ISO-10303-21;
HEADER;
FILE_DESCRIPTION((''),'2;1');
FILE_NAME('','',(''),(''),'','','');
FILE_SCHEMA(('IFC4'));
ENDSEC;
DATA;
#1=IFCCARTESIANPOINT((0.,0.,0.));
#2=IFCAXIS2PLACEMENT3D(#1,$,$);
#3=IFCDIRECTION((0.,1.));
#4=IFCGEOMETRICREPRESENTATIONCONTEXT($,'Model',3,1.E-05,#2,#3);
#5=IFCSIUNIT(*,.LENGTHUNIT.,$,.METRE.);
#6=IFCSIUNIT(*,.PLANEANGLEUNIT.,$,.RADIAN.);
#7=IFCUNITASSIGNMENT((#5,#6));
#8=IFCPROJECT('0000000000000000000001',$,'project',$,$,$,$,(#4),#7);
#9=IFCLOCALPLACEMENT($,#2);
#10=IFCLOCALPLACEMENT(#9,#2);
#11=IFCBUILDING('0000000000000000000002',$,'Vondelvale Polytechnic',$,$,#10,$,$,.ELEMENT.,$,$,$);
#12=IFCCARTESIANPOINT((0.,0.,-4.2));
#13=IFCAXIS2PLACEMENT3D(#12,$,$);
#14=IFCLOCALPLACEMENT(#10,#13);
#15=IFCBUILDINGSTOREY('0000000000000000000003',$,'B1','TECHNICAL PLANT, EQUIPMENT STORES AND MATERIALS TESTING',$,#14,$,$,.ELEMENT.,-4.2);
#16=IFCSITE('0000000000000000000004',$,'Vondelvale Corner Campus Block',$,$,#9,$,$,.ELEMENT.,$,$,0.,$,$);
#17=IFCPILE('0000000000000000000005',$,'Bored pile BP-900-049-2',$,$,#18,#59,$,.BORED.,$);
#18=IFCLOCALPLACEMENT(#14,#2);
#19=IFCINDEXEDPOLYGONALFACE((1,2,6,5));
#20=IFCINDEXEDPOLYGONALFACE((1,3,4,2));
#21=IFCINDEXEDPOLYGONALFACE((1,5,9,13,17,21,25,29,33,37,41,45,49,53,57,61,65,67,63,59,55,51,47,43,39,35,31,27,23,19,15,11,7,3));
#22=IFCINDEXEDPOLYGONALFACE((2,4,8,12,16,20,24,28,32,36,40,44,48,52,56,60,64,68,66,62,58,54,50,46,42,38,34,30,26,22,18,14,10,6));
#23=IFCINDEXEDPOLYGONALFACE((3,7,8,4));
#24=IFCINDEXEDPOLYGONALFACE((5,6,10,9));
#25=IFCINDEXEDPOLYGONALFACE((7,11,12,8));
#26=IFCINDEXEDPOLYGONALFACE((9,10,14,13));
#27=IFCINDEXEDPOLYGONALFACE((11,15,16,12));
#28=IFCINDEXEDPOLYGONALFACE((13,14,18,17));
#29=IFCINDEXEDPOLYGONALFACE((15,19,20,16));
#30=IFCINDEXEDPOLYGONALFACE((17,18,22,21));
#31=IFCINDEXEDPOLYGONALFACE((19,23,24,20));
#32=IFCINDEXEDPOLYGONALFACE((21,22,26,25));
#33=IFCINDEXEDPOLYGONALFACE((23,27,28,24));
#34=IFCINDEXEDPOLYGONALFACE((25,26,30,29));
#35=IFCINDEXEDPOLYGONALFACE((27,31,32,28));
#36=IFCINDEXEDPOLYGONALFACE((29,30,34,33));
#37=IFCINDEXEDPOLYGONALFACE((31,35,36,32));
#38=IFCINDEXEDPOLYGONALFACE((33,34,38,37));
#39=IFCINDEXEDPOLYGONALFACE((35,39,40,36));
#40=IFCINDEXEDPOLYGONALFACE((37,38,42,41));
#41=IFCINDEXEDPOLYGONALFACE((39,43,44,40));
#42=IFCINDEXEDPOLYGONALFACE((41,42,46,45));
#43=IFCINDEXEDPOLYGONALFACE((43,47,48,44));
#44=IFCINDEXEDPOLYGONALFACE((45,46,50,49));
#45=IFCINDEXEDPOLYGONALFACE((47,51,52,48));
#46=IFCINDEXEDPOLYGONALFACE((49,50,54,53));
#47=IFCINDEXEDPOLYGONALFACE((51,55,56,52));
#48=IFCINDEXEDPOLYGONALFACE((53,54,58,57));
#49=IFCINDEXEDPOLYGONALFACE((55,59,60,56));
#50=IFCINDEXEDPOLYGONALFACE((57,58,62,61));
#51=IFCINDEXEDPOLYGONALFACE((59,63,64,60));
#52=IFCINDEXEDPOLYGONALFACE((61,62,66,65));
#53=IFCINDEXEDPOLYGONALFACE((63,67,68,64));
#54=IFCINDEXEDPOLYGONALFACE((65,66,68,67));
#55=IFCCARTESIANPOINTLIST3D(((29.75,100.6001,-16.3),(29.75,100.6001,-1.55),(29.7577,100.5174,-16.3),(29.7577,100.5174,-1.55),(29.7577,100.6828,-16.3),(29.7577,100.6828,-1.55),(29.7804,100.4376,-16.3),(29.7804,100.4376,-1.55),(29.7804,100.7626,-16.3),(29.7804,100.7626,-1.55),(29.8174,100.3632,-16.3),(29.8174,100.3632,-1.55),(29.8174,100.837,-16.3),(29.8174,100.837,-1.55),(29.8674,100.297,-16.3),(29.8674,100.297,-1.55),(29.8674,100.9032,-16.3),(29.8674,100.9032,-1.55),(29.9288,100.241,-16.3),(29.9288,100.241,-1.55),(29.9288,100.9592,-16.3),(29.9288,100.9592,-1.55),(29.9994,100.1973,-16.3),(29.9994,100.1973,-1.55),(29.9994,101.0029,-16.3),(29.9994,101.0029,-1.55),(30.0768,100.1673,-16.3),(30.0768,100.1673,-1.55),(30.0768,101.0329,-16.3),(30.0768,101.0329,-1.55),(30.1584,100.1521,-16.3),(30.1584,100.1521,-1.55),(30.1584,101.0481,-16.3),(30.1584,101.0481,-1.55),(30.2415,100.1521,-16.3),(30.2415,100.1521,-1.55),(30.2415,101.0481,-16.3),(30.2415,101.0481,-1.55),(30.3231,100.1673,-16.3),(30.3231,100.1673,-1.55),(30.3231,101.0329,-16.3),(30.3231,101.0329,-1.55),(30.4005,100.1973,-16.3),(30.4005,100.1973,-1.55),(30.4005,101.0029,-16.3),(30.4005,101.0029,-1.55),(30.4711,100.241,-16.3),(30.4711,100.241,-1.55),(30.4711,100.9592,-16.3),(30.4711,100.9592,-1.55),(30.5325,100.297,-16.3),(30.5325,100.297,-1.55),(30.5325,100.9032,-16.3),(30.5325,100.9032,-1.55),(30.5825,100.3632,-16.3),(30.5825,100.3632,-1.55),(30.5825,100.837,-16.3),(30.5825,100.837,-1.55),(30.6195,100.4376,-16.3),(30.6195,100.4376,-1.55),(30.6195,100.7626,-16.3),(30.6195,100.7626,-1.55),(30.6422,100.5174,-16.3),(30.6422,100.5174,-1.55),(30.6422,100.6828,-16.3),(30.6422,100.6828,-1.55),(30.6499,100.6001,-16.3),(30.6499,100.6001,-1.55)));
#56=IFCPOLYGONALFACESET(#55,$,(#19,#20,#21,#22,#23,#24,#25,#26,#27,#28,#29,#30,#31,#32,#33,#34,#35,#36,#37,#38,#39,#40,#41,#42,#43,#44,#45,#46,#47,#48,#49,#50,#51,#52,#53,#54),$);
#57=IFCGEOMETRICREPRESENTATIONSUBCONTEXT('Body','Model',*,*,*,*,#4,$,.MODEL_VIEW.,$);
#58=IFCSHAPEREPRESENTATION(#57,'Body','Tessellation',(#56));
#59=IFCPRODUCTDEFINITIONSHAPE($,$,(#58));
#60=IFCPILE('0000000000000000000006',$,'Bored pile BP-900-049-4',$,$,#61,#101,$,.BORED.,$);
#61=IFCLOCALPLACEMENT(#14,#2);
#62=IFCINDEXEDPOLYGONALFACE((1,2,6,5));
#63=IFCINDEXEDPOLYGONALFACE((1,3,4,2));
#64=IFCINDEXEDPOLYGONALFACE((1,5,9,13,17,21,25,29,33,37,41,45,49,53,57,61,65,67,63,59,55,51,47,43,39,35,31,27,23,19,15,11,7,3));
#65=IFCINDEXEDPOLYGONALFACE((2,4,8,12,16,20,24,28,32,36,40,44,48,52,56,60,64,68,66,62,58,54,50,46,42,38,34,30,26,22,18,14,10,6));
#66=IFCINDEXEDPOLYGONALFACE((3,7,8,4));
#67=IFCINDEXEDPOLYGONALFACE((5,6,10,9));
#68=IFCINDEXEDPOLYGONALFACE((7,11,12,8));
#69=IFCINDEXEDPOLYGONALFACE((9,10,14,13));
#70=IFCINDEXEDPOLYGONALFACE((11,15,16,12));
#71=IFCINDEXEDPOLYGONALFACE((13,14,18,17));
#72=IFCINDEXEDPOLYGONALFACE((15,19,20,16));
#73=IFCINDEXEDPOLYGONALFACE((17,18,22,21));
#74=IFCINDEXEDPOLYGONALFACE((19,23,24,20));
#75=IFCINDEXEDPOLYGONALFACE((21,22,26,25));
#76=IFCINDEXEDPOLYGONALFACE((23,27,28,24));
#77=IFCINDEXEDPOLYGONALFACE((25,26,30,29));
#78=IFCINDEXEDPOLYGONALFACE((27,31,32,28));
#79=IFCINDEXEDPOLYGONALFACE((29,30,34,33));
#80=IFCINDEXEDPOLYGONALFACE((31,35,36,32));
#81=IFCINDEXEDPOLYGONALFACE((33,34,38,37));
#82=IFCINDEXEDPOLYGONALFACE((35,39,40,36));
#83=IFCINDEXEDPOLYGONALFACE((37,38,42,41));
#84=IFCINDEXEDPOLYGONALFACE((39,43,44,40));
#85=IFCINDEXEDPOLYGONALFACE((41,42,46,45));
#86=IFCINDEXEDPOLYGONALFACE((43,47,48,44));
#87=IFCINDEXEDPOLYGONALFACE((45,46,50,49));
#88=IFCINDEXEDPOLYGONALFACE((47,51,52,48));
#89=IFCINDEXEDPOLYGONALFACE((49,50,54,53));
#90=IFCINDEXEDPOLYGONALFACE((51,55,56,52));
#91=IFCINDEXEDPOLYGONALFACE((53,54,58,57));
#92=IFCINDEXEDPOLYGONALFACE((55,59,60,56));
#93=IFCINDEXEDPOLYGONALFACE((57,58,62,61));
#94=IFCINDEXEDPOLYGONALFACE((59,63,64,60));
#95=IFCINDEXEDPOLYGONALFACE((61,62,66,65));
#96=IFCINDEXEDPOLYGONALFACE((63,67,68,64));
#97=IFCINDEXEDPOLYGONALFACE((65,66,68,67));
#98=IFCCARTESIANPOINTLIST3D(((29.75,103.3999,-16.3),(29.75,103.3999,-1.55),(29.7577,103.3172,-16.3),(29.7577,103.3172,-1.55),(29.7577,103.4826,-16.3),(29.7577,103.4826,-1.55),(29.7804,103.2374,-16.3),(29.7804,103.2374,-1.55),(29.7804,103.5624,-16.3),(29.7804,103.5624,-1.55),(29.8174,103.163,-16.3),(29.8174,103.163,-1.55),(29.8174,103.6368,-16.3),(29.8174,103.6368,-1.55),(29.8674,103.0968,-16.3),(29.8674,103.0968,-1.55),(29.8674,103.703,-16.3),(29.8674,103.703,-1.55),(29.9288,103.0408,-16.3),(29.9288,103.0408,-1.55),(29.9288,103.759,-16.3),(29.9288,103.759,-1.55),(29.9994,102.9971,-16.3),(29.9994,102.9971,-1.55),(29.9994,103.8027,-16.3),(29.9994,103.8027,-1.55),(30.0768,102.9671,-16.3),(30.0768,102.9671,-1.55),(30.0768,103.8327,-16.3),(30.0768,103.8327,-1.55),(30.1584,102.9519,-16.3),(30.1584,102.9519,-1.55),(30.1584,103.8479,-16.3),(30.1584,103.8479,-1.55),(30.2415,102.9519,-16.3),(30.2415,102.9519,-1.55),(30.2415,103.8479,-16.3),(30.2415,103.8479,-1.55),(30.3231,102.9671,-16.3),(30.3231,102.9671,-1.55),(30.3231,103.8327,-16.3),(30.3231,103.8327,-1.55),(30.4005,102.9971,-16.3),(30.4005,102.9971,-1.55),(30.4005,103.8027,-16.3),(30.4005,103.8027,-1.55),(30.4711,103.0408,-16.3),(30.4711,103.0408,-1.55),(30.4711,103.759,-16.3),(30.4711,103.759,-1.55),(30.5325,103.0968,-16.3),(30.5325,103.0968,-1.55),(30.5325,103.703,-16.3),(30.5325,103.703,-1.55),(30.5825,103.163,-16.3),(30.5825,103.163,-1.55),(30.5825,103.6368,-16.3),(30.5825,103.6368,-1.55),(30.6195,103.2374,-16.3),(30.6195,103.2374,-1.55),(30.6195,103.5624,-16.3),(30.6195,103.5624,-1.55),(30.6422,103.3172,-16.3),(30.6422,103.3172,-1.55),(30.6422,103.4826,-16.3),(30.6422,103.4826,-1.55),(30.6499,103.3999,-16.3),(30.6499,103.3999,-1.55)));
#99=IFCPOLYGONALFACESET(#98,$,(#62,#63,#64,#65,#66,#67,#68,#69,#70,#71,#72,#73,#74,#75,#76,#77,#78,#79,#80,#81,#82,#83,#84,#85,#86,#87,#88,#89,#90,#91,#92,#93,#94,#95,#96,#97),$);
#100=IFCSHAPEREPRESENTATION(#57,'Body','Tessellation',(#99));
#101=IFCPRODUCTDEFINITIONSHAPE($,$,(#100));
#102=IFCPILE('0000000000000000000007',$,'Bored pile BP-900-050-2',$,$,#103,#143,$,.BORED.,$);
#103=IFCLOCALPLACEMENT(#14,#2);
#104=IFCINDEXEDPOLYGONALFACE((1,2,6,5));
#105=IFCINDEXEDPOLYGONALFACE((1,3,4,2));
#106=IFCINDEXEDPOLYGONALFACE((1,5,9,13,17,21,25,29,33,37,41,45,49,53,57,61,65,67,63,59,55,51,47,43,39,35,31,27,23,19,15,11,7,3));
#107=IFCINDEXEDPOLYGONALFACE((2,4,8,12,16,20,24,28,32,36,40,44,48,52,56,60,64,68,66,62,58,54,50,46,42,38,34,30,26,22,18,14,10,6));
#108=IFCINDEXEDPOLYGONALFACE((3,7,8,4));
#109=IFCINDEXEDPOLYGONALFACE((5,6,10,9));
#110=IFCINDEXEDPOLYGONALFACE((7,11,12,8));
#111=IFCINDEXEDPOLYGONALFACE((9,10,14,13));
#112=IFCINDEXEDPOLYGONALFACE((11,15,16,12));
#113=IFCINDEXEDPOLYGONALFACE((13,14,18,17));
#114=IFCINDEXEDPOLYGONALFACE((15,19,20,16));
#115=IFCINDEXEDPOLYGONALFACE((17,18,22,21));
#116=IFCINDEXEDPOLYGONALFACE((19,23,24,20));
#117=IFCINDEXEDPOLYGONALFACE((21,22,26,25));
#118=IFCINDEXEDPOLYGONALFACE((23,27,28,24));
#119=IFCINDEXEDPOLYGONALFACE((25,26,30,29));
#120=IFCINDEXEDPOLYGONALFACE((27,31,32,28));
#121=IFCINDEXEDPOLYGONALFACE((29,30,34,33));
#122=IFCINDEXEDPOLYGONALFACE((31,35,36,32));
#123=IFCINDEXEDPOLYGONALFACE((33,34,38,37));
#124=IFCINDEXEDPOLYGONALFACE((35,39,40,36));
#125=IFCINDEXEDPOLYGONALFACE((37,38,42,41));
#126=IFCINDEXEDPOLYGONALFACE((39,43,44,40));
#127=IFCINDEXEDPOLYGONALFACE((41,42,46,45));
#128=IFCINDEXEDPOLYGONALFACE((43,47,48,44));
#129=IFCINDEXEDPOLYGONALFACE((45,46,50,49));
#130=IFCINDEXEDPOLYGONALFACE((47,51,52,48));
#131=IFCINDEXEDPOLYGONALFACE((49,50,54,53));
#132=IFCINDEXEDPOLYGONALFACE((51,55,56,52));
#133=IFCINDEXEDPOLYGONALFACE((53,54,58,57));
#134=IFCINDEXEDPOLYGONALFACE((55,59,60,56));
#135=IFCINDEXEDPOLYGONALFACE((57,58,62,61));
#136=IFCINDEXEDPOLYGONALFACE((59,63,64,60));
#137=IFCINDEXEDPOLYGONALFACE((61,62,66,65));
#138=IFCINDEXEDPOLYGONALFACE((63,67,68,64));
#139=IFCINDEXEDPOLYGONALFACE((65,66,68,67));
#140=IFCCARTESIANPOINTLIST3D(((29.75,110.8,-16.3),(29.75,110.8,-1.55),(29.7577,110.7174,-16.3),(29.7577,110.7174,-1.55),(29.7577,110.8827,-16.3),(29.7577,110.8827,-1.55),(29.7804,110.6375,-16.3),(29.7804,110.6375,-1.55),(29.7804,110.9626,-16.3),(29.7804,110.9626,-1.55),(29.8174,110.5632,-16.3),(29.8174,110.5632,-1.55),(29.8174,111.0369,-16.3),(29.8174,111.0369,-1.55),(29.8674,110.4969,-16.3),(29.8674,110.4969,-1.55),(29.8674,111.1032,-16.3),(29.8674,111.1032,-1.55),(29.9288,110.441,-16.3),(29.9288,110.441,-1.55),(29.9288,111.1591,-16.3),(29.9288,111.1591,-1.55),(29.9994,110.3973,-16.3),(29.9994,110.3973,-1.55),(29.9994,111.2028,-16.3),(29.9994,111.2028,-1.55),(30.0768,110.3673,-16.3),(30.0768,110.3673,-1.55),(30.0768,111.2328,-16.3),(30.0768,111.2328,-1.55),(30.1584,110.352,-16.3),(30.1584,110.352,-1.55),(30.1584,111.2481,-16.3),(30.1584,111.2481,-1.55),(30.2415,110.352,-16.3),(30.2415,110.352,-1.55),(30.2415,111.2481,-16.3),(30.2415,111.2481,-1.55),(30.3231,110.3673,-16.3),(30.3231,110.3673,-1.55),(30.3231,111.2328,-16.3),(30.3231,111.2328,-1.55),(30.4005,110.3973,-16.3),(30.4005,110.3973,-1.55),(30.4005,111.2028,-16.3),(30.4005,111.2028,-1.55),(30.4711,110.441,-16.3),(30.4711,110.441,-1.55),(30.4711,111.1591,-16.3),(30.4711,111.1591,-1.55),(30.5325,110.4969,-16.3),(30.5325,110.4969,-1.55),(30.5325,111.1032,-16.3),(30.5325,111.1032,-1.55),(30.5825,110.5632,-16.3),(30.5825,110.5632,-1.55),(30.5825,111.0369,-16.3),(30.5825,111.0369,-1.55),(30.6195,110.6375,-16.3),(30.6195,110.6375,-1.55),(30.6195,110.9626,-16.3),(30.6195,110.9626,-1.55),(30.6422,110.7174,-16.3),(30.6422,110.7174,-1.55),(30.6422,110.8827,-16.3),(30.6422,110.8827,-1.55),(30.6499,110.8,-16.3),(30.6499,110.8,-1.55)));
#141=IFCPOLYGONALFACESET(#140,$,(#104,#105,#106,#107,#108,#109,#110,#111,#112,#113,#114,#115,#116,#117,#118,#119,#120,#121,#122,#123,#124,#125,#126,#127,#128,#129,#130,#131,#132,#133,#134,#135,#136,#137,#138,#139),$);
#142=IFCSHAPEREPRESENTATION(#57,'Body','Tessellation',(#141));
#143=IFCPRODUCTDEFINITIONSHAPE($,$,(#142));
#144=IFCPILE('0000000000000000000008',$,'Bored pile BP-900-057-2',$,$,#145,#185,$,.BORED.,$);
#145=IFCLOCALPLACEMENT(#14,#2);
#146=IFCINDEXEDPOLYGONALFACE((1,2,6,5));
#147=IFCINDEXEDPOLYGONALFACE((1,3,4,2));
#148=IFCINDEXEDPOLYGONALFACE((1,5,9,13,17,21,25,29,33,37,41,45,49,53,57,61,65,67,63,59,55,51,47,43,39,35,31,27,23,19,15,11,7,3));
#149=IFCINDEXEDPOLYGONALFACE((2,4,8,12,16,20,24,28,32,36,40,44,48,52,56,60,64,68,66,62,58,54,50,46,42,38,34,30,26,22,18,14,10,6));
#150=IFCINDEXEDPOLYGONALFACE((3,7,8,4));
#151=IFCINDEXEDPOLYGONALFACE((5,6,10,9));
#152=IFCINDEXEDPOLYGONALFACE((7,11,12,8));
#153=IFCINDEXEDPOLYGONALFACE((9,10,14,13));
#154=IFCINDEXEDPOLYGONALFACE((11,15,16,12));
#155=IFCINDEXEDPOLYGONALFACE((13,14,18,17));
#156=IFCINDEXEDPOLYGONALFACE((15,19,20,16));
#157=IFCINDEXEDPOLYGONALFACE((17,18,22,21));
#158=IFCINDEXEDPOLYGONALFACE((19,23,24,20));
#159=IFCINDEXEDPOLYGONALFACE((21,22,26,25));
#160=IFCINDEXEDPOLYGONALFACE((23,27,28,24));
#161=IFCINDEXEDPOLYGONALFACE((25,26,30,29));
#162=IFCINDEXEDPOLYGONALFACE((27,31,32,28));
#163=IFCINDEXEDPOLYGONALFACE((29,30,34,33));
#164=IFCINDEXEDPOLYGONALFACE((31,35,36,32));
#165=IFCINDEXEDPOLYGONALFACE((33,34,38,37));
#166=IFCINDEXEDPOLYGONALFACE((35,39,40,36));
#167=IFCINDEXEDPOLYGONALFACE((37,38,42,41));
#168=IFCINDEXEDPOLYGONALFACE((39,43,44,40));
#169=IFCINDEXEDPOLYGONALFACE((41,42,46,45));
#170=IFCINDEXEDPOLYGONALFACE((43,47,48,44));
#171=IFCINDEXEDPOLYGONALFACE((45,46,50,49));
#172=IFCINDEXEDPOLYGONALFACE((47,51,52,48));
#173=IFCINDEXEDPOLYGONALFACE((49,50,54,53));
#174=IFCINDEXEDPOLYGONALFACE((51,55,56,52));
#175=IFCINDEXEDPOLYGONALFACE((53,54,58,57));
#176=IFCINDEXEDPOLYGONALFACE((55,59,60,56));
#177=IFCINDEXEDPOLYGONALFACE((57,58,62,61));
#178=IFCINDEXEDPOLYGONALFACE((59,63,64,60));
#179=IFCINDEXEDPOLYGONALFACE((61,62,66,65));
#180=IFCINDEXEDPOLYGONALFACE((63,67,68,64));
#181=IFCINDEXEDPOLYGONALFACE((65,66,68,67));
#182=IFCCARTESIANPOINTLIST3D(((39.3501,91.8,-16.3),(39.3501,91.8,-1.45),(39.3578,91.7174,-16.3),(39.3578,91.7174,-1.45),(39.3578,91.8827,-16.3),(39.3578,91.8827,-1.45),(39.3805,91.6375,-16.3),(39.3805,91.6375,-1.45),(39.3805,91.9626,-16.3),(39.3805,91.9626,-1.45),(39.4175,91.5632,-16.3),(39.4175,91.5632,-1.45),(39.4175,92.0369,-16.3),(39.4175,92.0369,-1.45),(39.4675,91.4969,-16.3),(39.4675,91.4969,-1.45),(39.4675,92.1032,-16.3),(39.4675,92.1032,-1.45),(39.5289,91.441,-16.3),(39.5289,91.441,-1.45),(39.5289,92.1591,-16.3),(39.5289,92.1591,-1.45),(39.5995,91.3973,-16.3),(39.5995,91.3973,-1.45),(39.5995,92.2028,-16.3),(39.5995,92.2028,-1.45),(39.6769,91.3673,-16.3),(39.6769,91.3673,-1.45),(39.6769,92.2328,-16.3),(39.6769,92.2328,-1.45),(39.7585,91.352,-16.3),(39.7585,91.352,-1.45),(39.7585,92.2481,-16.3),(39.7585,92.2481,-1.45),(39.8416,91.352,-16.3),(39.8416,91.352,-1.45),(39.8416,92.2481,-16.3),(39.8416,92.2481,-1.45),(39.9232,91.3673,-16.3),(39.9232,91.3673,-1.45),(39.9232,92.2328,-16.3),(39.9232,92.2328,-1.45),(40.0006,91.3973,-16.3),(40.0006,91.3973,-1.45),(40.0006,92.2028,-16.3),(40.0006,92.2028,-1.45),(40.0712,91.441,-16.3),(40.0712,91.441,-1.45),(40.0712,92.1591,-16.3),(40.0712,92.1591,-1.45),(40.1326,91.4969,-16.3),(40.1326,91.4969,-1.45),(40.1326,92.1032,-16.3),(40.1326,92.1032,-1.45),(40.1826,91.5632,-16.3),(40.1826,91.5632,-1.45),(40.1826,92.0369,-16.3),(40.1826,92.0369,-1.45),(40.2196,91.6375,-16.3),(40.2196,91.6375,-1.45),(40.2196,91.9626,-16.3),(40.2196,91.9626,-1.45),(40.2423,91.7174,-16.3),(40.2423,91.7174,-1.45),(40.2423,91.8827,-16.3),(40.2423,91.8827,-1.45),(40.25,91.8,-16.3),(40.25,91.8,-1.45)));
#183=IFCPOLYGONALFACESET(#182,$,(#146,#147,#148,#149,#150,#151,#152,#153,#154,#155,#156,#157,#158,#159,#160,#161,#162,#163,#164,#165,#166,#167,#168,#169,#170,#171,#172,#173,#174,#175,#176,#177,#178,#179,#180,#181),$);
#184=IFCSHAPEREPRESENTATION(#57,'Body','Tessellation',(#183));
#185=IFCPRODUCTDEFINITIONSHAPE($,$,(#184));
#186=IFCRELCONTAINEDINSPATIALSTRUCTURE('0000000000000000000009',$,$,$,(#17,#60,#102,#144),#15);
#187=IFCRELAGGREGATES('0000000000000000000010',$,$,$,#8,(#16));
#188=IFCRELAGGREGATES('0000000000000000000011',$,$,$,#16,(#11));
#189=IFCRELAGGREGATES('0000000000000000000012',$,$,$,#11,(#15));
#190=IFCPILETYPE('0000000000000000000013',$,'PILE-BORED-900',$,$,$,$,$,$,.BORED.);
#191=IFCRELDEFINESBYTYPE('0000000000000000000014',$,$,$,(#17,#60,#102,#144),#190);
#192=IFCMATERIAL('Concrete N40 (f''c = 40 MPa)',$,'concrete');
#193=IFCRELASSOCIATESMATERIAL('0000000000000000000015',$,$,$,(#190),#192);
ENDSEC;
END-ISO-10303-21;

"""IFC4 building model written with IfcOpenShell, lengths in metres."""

from ifc_helpers import new_model, si_unit, direction, frame, origin, origin_2d, place, context, subcontext, project, spatial, circle, extrude, material, material_profile, profile_set, type_object, element, save


model = new_model("IFC4")

# Units and contexts
model_context = context("Model", 3, precision=1e-05, world=origin(), true_north=direction((0.0, 1.0)))
body_context = subcontext(model_context, "Body", "Model", "MODEL_VIEW")
ifc_project = project(units=[si_unit("LENGTHUNIT", "METRE"), si_unit("PLANEANGLEUNIT", "RADIAN")], contexts=[model_context])

# Site, building, storey
site_placement = place(None, origin())
site = spatial("IfcSite", under=ifc_project, at=site_placement, Name="Vondelvale Corner Campus Block", CompositionType="ELEMENT", RefElevation=0.0)
building_placement = place(site_placement, origin())
building = spatial("IfcBuilding", under=site, at=building_placement, Name="Vondelvale Polytechnic", CompositionType="ELEMENT")
storey_placement = place(building_placement, frame((0.0, 0.0, -4.2)))
storey = spatial("IfcBuildingStorey", under=building, at=storey_placement, Name="B1", Description="TECHNICAL PLANT, EQUIPMENT STORES AND MATERIALS TESTING", CompositionType="ELEMENT", Elevation=-4.2)

# Shared definitions
ifc_material_1 = material(Name="Concrete N40 (f'c = 40 MPa)", Category="concrete")

# Piles
ifc_material_profile_1 = material_profile(ifc_material_1, circle(Radius=0.45, at=origin_2d()), Name="PILE-D900")
ifc_profile_set_1 = profile_set([ifc_material_profile_1], Name="Concrete N40 (f'c = 40 MPa)")
pile_type_1 = type_object("IfcPileType", Name="PILE-BORED-900", PredefinedType="BORED", material=ifc_profile_set_1)
for number, where, z_axis, x_axis, name in (
    (1, (30.2, 100.6001, -1.55), (0.0, 0.0, -1.0), (1.0, 0.0, 0.0), "Bored pile BP-900-049-2"),
    (2, (30.2, 103.3999, -1.55), (0.0, 0.0, -1.0), (1.0, 0.0, 0.0), "Bored pile BP-900-049-4"),
    (3, (30.2, 110.8, -1.55), (0.0, 0.0, -1.0), (1.0, 0.0, 0.0), "Bored pile BP-900-050-2"),
):
    element("IfcPile", number, at=place(storey_placement, frame(where, z_axis=z_axis, x_axis=x_axis)), inside=storey, type_object=pile_type_1, Name=name, PredefinedType="BORED", context=body_context, shape_type="SweptSolid", body=[
        extrude(circle(Radius=0.45, at=origin_2d()), origin(), (0.0, 0.0, 1.0), 14.75),
    ])
for number, where, z_axis, x_axis, name in (
    (4, (39.8, 91.8, -1.45), (0.0, 0.0, -1.0), (1.0, 0.0, 0.0), "Bored pile BP-900-057-2"),
):
    element("IfcPile", number, at=place(storey_placement, frame(where, z_axis=z_axis, x_axis=x_axis)), inside=storey, type_object=pile_type_1, Name=name, PredefinedType="BORED", context=body_context, shape_type="SweptSolid", body=[
        extrude(circle(Radius=0.45, at=origin_2d()), origin(), (0.0, 0.0, 1.0), 14.8501),
    ])

save(model, "model.ifc")
